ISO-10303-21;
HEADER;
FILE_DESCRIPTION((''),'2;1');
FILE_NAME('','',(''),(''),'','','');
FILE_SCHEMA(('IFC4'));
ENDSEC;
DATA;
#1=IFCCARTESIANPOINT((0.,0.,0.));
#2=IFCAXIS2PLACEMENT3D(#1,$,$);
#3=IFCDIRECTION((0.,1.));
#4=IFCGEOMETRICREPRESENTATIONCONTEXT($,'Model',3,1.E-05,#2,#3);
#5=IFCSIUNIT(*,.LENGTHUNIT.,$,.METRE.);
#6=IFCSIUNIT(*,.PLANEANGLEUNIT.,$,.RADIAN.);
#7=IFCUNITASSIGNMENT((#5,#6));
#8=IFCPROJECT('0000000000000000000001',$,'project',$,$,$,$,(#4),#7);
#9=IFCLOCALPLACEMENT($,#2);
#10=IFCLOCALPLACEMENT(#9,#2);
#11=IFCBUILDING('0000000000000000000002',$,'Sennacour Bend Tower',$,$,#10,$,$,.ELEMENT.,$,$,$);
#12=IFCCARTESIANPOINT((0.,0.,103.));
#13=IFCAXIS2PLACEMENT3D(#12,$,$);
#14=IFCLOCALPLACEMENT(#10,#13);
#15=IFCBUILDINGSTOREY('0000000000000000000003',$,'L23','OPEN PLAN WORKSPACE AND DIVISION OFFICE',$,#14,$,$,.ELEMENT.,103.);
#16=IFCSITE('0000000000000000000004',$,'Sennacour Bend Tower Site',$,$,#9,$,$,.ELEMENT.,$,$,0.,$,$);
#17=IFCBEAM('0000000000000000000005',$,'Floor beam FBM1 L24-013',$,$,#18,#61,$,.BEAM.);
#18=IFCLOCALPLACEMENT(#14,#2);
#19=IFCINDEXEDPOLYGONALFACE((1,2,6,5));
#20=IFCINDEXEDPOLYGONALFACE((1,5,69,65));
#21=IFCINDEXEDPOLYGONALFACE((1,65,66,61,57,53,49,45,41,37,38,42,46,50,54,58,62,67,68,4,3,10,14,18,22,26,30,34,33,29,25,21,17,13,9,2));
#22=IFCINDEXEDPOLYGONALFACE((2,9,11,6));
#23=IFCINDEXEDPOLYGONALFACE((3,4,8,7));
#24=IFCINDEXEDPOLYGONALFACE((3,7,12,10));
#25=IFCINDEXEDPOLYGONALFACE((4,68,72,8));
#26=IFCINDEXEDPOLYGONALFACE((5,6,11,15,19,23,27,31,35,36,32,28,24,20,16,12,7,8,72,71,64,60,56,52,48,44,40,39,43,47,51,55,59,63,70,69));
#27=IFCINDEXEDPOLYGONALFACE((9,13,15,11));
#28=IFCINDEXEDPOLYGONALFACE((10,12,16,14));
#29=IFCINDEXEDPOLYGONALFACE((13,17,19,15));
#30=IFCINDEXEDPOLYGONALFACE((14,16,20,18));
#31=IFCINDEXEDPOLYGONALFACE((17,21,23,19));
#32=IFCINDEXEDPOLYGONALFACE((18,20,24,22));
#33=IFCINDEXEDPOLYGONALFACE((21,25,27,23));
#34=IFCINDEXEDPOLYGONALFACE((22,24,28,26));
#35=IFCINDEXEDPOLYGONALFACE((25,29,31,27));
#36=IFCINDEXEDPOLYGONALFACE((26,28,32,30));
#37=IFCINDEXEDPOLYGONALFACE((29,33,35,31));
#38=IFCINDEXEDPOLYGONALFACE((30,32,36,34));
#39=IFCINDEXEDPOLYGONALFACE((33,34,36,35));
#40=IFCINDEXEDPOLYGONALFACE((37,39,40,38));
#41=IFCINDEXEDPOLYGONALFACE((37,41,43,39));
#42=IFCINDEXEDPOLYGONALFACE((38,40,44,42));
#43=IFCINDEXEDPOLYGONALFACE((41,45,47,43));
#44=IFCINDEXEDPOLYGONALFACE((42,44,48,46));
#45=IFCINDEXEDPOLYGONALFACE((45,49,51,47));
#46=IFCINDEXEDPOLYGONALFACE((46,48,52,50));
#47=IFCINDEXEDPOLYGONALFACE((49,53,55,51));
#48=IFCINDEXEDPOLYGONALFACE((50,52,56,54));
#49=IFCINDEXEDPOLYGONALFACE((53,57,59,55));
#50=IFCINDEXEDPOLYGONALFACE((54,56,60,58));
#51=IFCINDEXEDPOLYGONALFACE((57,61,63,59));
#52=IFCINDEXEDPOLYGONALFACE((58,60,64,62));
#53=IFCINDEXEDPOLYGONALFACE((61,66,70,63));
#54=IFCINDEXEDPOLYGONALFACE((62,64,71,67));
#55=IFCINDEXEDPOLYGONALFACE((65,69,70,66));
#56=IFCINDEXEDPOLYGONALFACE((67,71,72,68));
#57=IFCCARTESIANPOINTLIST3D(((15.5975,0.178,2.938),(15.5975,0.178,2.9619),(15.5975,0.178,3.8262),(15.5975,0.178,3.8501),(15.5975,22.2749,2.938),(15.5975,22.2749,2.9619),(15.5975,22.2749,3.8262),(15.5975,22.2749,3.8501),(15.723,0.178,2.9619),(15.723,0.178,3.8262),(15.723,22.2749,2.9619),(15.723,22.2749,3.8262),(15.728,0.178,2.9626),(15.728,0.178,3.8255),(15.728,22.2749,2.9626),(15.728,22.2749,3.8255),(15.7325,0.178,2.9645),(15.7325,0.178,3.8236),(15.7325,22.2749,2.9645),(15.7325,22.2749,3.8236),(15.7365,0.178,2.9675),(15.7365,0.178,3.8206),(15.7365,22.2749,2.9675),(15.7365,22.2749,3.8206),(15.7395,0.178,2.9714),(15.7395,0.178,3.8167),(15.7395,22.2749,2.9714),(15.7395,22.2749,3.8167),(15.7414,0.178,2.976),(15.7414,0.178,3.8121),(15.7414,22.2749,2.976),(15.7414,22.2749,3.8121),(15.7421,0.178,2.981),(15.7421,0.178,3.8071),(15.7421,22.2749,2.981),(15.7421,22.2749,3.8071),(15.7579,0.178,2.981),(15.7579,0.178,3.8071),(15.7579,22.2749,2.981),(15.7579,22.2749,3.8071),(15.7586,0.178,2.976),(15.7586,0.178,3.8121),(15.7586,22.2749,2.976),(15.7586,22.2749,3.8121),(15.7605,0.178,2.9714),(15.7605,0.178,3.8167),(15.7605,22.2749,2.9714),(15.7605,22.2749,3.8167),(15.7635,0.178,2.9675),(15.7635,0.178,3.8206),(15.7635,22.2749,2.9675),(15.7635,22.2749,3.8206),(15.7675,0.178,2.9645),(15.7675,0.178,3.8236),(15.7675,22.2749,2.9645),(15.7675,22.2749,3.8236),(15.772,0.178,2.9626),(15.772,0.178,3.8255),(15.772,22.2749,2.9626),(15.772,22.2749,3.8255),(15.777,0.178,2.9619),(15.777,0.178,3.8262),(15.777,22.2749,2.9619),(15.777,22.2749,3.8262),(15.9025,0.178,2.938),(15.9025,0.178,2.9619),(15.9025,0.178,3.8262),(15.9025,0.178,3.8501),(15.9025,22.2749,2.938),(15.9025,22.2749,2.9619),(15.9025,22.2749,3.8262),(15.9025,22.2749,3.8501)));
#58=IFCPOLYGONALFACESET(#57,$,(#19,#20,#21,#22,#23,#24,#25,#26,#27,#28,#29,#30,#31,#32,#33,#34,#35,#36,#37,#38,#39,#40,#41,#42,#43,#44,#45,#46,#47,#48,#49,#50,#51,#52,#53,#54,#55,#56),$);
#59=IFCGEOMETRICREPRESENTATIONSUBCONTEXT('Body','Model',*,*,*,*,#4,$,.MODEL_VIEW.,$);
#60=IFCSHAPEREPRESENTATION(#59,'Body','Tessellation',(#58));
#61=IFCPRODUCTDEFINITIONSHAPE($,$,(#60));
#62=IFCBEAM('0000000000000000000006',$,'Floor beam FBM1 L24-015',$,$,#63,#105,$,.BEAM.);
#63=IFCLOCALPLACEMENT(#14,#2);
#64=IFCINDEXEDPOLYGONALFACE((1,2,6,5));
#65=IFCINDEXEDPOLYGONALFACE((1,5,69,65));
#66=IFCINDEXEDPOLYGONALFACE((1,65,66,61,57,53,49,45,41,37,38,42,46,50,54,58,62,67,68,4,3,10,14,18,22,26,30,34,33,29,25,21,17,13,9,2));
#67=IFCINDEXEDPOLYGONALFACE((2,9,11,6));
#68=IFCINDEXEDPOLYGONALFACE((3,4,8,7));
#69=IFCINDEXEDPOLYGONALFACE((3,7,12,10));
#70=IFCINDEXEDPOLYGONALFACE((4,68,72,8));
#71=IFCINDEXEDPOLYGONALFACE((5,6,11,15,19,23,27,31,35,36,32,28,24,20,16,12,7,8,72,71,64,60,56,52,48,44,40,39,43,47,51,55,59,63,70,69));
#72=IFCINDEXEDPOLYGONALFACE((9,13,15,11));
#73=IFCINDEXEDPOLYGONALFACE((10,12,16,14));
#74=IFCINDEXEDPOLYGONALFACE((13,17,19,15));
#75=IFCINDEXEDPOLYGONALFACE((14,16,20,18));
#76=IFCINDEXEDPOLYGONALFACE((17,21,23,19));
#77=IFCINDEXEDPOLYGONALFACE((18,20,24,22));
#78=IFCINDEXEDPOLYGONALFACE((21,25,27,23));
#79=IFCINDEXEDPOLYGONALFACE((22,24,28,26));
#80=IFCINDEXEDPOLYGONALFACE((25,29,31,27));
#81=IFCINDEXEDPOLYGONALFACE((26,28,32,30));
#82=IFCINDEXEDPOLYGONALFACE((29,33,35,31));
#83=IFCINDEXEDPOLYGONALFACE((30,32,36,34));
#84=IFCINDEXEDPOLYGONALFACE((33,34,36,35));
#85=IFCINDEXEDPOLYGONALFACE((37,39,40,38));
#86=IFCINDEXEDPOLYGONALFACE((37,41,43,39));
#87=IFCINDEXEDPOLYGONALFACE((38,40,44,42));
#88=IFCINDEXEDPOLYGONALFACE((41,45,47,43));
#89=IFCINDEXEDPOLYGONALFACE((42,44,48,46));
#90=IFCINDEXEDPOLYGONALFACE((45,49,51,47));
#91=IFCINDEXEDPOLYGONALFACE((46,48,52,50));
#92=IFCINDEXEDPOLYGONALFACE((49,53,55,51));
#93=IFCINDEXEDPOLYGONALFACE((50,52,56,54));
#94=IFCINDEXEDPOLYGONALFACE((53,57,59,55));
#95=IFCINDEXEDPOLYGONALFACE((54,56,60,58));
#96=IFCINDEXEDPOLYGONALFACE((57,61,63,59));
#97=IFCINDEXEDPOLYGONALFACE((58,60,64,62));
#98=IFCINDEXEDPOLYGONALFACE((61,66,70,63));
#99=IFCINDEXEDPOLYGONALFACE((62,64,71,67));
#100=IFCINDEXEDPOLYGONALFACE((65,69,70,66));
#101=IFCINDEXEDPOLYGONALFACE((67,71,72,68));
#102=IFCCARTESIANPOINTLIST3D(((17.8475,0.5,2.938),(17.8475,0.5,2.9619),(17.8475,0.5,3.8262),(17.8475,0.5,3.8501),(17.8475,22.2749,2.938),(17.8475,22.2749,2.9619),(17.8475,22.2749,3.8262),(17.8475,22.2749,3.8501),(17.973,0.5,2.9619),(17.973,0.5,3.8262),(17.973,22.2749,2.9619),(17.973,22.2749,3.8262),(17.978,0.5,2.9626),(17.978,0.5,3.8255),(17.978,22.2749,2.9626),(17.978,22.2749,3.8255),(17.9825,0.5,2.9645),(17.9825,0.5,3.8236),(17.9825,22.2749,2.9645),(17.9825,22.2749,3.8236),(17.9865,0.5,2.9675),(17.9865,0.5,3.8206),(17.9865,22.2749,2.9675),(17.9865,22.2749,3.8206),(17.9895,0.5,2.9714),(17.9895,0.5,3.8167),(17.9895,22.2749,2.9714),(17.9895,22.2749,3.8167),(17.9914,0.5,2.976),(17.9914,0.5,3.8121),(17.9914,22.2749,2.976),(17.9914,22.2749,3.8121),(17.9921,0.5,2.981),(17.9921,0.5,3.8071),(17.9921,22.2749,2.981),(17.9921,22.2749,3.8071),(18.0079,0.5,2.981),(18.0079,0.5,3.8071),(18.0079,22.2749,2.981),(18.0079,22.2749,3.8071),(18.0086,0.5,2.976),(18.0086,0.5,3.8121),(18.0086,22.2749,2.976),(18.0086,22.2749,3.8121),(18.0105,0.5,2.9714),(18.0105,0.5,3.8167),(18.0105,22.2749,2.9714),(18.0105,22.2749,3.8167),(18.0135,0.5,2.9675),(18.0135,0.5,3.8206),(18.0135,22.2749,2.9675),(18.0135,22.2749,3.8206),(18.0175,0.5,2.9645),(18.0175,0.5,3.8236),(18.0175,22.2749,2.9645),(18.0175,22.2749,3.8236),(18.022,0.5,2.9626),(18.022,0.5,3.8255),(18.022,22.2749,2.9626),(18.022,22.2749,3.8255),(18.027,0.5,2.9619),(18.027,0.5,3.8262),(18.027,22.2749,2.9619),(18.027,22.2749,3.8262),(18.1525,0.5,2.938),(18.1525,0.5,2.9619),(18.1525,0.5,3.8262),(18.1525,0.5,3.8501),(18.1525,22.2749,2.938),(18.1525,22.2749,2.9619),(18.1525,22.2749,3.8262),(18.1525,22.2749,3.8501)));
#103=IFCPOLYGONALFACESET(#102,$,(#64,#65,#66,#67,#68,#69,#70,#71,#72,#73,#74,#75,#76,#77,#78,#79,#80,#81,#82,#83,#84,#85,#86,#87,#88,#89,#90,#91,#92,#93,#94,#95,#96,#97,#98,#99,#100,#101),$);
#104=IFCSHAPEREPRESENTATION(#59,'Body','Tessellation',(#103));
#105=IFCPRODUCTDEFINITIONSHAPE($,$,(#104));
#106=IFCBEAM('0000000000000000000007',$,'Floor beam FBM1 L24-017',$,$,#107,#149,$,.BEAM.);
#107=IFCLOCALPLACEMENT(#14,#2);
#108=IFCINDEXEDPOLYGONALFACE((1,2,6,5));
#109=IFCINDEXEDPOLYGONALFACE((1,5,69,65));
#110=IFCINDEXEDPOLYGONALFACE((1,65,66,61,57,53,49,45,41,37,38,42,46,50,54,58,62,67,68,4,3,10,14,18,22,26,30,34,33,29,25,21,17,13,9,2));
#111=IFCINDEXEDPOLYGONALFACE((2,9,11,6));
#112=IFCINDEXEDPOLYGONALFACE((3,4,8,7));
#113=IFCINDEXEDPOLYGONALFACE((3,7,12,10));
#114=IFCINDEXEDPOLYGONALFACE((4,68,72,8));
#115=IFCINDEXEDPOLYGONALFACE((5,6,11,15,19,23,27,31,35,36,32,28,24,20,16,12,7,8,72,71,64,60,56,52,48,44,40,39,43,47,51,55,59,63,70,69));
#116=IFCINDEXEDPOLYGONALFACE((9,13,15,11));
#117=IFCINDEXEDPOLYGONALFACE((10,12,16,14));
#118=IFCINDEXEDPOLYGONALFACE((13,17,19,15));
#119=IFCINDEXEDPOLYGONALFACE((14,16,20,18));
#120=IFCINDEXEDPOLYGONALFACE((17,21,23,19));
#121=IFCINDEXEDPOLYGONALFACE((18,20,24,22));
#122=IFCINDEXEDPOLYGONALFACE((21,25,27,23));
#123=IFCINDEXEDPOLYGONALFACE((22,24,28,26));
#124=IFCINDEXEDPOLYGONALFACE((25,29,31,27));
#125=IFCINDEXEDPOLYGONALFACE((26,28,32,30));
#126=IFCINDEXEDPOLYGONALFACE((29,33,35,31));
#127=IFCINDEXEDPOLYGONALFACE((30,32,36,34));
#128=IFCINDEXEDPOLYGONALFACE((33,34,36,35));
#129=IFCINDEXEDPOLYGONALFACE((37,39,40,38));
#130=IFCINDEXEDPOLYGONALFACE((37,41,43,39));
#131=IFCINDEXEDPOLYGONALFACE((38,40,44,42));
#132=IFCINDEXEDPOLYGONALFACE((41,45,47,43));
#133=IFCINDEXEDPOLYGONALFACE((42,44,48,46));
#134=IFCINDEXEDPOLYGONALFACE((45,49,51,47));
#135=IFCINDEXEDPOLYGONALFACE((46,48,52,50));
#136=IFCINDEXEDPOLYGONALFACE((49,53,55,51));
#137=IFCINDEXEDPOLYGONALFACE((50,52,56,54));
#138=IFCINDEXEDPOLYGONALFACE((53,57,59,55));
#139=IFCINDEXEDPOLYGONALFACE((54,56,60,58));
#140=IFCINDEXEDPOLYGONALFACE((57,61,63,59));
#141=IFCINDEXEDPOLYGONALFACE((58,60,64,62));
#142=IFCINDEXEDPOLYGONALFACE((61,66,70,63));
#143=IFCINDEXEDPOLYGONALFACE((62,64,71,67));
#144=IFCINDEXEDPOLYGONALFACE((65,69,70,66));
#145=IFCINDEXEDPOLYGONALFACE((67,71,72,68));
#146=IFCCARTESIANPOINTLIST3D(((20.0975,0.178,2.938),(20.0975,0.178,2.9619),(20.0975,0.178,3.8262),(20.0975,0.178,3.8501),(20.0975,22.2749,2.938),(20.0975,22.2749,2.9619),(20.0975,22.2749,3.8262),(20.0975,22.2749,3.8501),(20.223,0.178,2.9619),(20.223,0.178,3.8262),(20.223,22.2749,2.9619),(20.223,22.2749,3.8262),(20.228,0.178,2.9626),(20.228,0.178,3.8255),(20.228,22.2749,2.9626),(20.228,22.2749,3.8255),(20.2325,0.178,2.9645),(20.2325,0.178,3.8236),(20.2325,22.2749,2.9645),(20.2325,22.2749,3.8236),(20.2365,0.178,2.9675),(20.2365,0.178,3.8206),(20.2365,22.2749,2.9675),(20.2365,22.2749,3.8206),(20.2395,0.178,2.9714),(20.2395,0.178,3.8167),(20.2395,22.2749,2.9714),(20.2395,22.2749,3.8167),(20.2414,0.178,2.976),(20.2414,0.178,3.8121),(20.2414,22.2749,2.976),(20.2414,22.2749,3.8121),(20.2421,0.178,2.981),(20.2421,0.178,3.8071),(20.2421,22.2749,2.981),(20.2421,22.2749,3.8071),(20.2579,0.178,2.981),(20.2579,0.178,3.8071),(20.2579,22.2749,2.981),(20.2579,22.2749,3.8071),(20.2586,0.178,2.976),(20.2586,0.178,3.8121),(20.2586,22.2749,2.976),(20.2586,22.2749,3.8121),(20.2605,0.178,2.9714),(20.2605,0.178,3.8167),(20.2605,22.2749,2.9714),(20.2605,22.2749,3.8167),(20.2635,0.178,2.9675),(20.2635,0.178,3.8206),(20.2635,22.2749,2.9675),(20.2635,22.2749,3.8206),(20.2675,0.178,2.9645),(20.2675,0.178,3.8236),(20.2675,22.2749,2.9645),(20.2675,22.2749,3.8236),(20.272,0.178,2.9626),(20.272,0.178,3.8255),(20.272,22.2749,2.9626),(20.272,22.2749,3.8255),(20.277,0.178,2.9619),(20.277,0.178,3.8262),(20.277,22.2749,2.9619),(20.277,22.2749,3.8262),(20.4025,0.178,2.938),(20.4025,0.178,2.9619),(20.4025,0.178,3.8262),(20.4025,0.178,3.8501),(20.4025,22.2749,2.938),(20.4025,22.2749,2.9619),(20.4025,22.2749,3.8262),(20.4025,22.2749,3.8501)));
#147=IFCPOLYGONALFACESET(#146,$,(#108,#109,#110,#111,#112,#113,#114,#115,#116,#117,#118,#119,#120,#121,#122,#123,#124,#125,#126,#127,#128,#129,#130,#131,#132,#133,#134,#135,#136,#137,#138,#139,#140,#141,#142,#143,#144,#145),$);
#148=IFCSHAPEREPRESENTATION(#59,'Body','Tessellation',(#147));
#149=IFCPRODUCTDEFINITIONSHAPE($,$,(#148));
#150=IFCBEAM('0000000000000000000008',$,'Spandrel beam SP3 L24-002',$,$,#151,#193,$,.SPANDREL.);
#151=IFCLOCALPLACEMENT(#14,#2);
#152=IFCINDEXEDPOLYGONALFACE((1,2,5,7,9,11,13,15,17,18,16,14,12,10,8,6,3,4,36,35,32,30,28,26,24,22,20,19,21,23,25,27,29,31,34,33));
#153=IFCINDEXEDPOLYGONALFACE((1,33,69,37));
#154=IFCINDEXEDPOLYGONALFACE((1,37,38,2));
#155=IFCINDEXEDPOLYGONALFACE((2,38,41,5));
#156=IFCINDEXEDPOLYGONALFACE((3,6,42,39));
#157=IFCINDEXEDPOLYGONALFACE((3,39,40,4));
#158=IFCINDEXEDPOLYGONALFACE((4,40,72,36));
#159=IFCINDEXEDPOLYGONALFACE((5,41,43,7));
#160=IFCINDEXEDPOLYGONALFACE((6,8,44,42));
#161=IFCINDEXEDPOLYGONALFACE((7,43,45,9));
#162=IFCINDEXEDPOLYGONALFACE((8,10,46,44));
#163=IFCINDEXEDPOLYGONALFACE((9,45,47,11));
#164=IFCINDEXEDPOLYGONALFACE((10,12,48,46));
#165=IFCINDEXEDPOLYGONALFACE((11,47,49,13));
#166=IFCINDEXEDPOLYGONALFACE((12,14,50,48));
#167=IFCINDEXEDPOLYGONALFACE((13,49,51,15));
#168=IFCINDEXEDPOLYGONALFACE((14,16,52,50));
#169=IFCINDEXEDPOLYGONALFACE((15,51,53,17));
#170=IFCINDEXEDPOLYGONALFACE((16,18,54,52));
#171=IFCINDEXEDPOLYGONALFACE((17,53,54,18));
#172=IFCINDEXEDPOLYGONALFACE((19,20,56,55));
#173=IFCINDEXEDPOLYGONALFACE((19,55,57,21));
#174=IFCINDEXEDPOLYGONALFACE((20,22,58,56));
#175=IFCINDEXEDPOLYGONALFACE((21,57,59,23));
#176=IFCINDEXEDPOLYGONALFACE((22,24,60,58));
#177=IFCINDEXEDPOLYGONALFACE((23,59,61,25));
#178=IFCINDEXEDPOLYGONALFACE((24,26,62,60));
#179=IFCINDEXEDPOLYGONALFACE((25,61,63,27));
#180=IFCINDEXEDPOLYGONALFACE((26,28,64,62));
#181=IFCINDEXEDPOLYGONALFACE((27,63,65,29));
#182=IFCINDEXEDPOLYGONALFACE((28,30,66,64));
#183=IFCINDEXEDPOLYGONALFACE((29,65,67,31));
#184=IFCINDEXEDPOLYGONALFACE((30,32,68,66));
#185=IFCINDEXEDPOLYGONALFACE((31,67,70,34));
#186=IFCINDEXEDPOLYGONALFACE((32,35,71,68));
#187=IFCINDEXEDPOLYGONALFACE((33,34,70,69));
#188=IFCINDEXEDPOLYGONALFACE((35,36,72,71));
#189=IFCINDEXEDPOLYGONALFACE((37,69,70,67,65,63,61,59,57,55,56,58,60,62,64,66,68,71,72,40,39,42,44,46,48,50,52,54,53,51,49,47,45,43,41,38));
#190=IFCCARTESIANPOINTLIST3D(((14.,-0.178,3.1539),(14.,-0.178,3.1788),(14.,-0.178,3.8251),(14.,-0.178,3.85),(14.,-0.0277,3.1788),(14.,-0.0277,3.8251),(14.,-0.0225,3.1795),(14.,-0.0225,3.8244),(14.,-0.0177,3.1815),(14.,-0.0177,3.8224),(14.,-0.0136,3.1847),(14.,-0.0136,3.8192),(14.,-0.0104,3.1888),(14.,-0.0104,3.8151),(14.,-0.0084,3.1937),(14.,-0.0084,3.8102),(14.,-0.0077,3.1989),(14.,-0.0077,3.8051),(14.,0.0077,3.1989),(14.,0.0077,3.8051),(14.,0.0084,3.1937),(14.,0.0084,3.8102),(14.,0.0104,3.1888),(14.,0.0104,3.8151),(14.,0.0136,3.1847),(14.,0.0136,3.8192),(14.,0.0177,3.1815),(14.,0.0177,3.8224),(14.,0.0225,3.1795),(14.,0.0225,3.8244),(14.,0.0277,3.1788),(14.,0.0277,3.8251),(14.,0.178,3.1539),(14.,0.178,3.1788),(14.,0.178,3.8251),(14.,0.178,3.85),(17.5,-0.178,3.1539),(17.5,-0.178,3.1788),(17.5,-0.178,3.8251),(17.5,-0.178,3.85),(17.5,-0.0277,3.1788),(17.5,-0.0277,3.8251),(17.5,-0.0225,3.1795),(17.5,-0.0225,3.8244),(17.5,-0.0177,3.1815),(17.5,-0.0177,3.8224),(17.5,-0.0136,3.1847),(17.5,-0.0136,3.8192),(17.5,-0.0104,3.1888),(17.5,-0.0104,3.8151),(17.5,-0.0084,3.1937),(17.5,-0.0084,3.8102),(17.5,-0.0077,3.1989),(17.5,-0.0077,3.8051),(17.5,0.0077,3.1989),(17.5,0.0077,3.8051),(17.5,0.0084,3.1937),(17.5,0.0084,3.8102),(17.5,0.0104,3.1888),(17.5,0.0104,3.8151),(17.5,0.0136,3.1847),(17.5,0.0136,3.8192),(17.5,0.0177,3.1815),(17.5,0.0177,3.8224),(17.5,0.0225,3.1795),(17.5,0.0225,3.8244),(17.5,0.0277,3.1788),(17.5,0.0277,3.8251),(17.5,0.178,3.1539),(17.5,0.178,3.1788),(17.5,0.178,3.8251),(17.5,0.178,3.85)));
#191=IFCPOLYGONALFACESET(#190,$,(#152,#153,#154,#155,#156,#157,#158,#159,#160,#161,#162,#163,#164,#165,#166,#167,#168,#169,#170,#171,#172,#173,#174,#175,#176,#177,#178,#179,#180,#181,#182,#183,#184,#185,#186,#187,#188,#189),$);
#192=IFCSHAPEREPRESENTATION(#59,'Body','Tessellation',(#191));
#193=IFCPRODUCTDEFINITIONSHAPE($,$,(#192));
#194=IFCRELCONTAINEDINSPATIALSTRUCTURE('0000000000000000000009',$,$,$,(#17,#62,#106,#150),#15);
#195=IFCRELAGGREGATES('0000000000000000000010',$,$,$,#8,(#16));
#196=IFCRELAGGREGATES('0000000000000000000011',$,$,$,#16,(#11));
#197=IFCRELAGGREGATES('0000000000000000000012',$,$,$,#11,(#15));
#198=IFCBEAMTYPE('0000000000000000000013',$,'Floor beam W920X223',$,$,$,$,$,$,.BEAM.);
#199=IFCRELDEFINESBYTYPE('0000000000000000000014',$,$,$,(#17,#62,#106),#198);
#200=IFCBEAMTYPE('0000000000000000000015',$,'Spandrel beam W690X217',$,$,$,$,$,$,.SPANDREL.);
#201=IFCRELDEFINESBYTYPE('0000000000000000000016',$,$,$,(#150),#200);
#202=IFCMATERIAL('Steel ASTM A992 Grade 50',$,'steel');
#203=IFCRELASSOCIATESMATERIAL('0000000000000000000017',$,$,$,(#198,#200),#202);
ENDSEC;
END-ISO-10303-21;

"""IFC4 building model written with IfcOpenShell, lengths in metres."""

from ifc_helpers import new_model, si_unit, direction, frame, origin, origin_2d, place, context, subcontext, project, spatial, i_section, extrude, material, material_profile, profile_set, type_object, element, save


model = new_model("IFC4")

# Units and contexts
model_context = context("Model", 3, precision=1e-05, world=origin(), true_north=direction((0.0, 1.0)))
body_context = subcontext(model_context, "Body", "Model", "MODEL_VIEW")
ifc_project = project(units=[si_unit("LENGTHUNIT", "METRE"), si_unit("PLANEANGLEUNIT", "RADIAN")], contexts=[model_context])

# Site, building, storey
site_placement = place(None, origin())
site = spatial("IfcSite", under=ifc_project, at=site_placement, Name="Sennacour Bend Tower Site", CompositionType="ELEMENT", RefElevation=0.0)
building_placement = place(site_placement, origin())
building = spatial("IfcBuilding", under=site, at=building_placement, Name="Sennacour Bend Tower", CompositionType="ELEMENT")
storey_placement = place(building_placement, frame((0.0, 0.0, 103.0)))
storey = spatial("IfcBuildingStorey", under=building, at=storey_placement, Name="L23", Description="OPEN PLAN WORKSPACE AND DIVISION OFFICE", CompositionType="ELEMENT", Elevation=103.0)

# Beams
ifc_material_1 = material(Name="Steel ASTM A992 Grade 50", Category="steel")
ifc_material_profile_1 = material_profile(ifc_material_1, i_section(OverallWidth=0.3049, OverallDepth=0.9121, WebThickness=0.0159, FlangeThickness=0.0239, FilletRadius=0.019, at=origin_2d()), Name="Steel ASTM A992 Grade 50", Category="steel")
ifc_profile_set_1 = profile_set([ifc_material_profile_1], Name="Steel ASTM A992 Grade 50")
beam_type_1 = type_object("IfcBeamType", Name="Floor beam W920X223", PredefinedType="BEAM", material=ifc_profile_set_1)
beam_1_placement = place(storey_placement, frame((15.75, 0.178, 3.394), z_axis=(0.0, 1.0, 0.0), x_axis=(-1.0, 0.0, 0.0)))
element("IfcBeam", 1, at=beam_1_placement, inside=storey, type_object=beam_type_1, Name="Floor beam FBM1 L24-013", PredefinedType="BEAM", context=body_context, shape_type="SweptSolid", body=[
    extrude(i_section(OverallWidth=0.3049, OverallDepth=0.9121, WebThickness=0.0159, FlangeThickness=0.0239, FilletRadius=0.019, at=origin_2d()), origin(), (0.0, 0.0, 1.0), 22.0969),
])
beam_2_placement = place(storey_placement, frame((18.0, 0.5, 3.394), z_axis=(0.0, 1.0, 0.0), x_axis=(-1.0, 0.0, 0.0)))
element("IfcBeam", 2, at=beam_2_placement, inside=storey, type_object=beam_type_1, Name="Floor beam FBM1 L24-015", PredefinedType="BEAM", context=body_context, shape_type="SweptSolid", body=[
    extrude(i_section(OverallWidth=0.3049, OverallDepth=0.9121, WebThickness=0.0159, FlangeThickness=0.0239, FilletRadius=0.019, at=origin_2d()), origin(), (0.0, 0.0, 1.0), 21.7749),
])
beam_3_placement = place(storey_placement, frame((20.25, 0.178, 3.394), z_axis=(0.0, 1.0, 0.0), x_axis=(-1.0, 0.0, 0.0)))
element("IfcBeam", 3, at=beam_3_placement, inside=storey, type_object=beam_type_1, Name="Floor beam FBM1 L24-017", PredefinedType="BEAM", context=body_context, shape_type="SweptSolid", body=[
    extrude(i_section(OverallWidth=0.3049, OverallDepth=0.9121, WebThickness=0.0159, FlangeThickness=0.0239, FilletRadius=0.019, at=origin_2d()), origin(), (0.0, 0.0, 1.0), 22.0969),
])
ifc_material_profile_2 = material_profile(ifc_material_1, i_section(OverallWidth=0.356, OverallDepth=0.696, WebThickness=0.0154, FlangeThickness=0.0249, FilletRadius=0.02, at=origin_2d()), Name="Steel ASTM A992 Grade 50", Category="steel")
ifc_profile_set_2 = profile_set([ifc_material_profile_2], Name="Steel ASTM A992 Grade 50")
beam_type_2 = type_object("IfcBeamType", Name="Spandrel beam W690X217", PredefinedType="SPANDREL", material=ifc_profile_set_2)
for number, where, z_axis, x_axis, name in (
    (4, (17.5, 0.0, 3.502), (-1.0, 0.0, 0.0), (0.0, -1.0, 0.0), "Spandrel beam SP3 L24-002"),
):
    element("IfcBeam", number, at=place(storey_placement, frame(where, z_axis=z_axis, x_axis=x_axis)), inside=storey, type_object=beam_type_2, Name=name, PredefinedType="SPANDREL", context=body_context, shape_type="SweptSolid", body=[
        extrude(i_section(OverallWidth=0.356, OverallDepth=0.696, WebThickness=0.0154, FlangeThickness=0.0249, FilletRadius=0.02, at=origin_2d()), origin(), (0.0, 0.0, 1.0), 3.5),
    ])

save(model, "model.ifc")
